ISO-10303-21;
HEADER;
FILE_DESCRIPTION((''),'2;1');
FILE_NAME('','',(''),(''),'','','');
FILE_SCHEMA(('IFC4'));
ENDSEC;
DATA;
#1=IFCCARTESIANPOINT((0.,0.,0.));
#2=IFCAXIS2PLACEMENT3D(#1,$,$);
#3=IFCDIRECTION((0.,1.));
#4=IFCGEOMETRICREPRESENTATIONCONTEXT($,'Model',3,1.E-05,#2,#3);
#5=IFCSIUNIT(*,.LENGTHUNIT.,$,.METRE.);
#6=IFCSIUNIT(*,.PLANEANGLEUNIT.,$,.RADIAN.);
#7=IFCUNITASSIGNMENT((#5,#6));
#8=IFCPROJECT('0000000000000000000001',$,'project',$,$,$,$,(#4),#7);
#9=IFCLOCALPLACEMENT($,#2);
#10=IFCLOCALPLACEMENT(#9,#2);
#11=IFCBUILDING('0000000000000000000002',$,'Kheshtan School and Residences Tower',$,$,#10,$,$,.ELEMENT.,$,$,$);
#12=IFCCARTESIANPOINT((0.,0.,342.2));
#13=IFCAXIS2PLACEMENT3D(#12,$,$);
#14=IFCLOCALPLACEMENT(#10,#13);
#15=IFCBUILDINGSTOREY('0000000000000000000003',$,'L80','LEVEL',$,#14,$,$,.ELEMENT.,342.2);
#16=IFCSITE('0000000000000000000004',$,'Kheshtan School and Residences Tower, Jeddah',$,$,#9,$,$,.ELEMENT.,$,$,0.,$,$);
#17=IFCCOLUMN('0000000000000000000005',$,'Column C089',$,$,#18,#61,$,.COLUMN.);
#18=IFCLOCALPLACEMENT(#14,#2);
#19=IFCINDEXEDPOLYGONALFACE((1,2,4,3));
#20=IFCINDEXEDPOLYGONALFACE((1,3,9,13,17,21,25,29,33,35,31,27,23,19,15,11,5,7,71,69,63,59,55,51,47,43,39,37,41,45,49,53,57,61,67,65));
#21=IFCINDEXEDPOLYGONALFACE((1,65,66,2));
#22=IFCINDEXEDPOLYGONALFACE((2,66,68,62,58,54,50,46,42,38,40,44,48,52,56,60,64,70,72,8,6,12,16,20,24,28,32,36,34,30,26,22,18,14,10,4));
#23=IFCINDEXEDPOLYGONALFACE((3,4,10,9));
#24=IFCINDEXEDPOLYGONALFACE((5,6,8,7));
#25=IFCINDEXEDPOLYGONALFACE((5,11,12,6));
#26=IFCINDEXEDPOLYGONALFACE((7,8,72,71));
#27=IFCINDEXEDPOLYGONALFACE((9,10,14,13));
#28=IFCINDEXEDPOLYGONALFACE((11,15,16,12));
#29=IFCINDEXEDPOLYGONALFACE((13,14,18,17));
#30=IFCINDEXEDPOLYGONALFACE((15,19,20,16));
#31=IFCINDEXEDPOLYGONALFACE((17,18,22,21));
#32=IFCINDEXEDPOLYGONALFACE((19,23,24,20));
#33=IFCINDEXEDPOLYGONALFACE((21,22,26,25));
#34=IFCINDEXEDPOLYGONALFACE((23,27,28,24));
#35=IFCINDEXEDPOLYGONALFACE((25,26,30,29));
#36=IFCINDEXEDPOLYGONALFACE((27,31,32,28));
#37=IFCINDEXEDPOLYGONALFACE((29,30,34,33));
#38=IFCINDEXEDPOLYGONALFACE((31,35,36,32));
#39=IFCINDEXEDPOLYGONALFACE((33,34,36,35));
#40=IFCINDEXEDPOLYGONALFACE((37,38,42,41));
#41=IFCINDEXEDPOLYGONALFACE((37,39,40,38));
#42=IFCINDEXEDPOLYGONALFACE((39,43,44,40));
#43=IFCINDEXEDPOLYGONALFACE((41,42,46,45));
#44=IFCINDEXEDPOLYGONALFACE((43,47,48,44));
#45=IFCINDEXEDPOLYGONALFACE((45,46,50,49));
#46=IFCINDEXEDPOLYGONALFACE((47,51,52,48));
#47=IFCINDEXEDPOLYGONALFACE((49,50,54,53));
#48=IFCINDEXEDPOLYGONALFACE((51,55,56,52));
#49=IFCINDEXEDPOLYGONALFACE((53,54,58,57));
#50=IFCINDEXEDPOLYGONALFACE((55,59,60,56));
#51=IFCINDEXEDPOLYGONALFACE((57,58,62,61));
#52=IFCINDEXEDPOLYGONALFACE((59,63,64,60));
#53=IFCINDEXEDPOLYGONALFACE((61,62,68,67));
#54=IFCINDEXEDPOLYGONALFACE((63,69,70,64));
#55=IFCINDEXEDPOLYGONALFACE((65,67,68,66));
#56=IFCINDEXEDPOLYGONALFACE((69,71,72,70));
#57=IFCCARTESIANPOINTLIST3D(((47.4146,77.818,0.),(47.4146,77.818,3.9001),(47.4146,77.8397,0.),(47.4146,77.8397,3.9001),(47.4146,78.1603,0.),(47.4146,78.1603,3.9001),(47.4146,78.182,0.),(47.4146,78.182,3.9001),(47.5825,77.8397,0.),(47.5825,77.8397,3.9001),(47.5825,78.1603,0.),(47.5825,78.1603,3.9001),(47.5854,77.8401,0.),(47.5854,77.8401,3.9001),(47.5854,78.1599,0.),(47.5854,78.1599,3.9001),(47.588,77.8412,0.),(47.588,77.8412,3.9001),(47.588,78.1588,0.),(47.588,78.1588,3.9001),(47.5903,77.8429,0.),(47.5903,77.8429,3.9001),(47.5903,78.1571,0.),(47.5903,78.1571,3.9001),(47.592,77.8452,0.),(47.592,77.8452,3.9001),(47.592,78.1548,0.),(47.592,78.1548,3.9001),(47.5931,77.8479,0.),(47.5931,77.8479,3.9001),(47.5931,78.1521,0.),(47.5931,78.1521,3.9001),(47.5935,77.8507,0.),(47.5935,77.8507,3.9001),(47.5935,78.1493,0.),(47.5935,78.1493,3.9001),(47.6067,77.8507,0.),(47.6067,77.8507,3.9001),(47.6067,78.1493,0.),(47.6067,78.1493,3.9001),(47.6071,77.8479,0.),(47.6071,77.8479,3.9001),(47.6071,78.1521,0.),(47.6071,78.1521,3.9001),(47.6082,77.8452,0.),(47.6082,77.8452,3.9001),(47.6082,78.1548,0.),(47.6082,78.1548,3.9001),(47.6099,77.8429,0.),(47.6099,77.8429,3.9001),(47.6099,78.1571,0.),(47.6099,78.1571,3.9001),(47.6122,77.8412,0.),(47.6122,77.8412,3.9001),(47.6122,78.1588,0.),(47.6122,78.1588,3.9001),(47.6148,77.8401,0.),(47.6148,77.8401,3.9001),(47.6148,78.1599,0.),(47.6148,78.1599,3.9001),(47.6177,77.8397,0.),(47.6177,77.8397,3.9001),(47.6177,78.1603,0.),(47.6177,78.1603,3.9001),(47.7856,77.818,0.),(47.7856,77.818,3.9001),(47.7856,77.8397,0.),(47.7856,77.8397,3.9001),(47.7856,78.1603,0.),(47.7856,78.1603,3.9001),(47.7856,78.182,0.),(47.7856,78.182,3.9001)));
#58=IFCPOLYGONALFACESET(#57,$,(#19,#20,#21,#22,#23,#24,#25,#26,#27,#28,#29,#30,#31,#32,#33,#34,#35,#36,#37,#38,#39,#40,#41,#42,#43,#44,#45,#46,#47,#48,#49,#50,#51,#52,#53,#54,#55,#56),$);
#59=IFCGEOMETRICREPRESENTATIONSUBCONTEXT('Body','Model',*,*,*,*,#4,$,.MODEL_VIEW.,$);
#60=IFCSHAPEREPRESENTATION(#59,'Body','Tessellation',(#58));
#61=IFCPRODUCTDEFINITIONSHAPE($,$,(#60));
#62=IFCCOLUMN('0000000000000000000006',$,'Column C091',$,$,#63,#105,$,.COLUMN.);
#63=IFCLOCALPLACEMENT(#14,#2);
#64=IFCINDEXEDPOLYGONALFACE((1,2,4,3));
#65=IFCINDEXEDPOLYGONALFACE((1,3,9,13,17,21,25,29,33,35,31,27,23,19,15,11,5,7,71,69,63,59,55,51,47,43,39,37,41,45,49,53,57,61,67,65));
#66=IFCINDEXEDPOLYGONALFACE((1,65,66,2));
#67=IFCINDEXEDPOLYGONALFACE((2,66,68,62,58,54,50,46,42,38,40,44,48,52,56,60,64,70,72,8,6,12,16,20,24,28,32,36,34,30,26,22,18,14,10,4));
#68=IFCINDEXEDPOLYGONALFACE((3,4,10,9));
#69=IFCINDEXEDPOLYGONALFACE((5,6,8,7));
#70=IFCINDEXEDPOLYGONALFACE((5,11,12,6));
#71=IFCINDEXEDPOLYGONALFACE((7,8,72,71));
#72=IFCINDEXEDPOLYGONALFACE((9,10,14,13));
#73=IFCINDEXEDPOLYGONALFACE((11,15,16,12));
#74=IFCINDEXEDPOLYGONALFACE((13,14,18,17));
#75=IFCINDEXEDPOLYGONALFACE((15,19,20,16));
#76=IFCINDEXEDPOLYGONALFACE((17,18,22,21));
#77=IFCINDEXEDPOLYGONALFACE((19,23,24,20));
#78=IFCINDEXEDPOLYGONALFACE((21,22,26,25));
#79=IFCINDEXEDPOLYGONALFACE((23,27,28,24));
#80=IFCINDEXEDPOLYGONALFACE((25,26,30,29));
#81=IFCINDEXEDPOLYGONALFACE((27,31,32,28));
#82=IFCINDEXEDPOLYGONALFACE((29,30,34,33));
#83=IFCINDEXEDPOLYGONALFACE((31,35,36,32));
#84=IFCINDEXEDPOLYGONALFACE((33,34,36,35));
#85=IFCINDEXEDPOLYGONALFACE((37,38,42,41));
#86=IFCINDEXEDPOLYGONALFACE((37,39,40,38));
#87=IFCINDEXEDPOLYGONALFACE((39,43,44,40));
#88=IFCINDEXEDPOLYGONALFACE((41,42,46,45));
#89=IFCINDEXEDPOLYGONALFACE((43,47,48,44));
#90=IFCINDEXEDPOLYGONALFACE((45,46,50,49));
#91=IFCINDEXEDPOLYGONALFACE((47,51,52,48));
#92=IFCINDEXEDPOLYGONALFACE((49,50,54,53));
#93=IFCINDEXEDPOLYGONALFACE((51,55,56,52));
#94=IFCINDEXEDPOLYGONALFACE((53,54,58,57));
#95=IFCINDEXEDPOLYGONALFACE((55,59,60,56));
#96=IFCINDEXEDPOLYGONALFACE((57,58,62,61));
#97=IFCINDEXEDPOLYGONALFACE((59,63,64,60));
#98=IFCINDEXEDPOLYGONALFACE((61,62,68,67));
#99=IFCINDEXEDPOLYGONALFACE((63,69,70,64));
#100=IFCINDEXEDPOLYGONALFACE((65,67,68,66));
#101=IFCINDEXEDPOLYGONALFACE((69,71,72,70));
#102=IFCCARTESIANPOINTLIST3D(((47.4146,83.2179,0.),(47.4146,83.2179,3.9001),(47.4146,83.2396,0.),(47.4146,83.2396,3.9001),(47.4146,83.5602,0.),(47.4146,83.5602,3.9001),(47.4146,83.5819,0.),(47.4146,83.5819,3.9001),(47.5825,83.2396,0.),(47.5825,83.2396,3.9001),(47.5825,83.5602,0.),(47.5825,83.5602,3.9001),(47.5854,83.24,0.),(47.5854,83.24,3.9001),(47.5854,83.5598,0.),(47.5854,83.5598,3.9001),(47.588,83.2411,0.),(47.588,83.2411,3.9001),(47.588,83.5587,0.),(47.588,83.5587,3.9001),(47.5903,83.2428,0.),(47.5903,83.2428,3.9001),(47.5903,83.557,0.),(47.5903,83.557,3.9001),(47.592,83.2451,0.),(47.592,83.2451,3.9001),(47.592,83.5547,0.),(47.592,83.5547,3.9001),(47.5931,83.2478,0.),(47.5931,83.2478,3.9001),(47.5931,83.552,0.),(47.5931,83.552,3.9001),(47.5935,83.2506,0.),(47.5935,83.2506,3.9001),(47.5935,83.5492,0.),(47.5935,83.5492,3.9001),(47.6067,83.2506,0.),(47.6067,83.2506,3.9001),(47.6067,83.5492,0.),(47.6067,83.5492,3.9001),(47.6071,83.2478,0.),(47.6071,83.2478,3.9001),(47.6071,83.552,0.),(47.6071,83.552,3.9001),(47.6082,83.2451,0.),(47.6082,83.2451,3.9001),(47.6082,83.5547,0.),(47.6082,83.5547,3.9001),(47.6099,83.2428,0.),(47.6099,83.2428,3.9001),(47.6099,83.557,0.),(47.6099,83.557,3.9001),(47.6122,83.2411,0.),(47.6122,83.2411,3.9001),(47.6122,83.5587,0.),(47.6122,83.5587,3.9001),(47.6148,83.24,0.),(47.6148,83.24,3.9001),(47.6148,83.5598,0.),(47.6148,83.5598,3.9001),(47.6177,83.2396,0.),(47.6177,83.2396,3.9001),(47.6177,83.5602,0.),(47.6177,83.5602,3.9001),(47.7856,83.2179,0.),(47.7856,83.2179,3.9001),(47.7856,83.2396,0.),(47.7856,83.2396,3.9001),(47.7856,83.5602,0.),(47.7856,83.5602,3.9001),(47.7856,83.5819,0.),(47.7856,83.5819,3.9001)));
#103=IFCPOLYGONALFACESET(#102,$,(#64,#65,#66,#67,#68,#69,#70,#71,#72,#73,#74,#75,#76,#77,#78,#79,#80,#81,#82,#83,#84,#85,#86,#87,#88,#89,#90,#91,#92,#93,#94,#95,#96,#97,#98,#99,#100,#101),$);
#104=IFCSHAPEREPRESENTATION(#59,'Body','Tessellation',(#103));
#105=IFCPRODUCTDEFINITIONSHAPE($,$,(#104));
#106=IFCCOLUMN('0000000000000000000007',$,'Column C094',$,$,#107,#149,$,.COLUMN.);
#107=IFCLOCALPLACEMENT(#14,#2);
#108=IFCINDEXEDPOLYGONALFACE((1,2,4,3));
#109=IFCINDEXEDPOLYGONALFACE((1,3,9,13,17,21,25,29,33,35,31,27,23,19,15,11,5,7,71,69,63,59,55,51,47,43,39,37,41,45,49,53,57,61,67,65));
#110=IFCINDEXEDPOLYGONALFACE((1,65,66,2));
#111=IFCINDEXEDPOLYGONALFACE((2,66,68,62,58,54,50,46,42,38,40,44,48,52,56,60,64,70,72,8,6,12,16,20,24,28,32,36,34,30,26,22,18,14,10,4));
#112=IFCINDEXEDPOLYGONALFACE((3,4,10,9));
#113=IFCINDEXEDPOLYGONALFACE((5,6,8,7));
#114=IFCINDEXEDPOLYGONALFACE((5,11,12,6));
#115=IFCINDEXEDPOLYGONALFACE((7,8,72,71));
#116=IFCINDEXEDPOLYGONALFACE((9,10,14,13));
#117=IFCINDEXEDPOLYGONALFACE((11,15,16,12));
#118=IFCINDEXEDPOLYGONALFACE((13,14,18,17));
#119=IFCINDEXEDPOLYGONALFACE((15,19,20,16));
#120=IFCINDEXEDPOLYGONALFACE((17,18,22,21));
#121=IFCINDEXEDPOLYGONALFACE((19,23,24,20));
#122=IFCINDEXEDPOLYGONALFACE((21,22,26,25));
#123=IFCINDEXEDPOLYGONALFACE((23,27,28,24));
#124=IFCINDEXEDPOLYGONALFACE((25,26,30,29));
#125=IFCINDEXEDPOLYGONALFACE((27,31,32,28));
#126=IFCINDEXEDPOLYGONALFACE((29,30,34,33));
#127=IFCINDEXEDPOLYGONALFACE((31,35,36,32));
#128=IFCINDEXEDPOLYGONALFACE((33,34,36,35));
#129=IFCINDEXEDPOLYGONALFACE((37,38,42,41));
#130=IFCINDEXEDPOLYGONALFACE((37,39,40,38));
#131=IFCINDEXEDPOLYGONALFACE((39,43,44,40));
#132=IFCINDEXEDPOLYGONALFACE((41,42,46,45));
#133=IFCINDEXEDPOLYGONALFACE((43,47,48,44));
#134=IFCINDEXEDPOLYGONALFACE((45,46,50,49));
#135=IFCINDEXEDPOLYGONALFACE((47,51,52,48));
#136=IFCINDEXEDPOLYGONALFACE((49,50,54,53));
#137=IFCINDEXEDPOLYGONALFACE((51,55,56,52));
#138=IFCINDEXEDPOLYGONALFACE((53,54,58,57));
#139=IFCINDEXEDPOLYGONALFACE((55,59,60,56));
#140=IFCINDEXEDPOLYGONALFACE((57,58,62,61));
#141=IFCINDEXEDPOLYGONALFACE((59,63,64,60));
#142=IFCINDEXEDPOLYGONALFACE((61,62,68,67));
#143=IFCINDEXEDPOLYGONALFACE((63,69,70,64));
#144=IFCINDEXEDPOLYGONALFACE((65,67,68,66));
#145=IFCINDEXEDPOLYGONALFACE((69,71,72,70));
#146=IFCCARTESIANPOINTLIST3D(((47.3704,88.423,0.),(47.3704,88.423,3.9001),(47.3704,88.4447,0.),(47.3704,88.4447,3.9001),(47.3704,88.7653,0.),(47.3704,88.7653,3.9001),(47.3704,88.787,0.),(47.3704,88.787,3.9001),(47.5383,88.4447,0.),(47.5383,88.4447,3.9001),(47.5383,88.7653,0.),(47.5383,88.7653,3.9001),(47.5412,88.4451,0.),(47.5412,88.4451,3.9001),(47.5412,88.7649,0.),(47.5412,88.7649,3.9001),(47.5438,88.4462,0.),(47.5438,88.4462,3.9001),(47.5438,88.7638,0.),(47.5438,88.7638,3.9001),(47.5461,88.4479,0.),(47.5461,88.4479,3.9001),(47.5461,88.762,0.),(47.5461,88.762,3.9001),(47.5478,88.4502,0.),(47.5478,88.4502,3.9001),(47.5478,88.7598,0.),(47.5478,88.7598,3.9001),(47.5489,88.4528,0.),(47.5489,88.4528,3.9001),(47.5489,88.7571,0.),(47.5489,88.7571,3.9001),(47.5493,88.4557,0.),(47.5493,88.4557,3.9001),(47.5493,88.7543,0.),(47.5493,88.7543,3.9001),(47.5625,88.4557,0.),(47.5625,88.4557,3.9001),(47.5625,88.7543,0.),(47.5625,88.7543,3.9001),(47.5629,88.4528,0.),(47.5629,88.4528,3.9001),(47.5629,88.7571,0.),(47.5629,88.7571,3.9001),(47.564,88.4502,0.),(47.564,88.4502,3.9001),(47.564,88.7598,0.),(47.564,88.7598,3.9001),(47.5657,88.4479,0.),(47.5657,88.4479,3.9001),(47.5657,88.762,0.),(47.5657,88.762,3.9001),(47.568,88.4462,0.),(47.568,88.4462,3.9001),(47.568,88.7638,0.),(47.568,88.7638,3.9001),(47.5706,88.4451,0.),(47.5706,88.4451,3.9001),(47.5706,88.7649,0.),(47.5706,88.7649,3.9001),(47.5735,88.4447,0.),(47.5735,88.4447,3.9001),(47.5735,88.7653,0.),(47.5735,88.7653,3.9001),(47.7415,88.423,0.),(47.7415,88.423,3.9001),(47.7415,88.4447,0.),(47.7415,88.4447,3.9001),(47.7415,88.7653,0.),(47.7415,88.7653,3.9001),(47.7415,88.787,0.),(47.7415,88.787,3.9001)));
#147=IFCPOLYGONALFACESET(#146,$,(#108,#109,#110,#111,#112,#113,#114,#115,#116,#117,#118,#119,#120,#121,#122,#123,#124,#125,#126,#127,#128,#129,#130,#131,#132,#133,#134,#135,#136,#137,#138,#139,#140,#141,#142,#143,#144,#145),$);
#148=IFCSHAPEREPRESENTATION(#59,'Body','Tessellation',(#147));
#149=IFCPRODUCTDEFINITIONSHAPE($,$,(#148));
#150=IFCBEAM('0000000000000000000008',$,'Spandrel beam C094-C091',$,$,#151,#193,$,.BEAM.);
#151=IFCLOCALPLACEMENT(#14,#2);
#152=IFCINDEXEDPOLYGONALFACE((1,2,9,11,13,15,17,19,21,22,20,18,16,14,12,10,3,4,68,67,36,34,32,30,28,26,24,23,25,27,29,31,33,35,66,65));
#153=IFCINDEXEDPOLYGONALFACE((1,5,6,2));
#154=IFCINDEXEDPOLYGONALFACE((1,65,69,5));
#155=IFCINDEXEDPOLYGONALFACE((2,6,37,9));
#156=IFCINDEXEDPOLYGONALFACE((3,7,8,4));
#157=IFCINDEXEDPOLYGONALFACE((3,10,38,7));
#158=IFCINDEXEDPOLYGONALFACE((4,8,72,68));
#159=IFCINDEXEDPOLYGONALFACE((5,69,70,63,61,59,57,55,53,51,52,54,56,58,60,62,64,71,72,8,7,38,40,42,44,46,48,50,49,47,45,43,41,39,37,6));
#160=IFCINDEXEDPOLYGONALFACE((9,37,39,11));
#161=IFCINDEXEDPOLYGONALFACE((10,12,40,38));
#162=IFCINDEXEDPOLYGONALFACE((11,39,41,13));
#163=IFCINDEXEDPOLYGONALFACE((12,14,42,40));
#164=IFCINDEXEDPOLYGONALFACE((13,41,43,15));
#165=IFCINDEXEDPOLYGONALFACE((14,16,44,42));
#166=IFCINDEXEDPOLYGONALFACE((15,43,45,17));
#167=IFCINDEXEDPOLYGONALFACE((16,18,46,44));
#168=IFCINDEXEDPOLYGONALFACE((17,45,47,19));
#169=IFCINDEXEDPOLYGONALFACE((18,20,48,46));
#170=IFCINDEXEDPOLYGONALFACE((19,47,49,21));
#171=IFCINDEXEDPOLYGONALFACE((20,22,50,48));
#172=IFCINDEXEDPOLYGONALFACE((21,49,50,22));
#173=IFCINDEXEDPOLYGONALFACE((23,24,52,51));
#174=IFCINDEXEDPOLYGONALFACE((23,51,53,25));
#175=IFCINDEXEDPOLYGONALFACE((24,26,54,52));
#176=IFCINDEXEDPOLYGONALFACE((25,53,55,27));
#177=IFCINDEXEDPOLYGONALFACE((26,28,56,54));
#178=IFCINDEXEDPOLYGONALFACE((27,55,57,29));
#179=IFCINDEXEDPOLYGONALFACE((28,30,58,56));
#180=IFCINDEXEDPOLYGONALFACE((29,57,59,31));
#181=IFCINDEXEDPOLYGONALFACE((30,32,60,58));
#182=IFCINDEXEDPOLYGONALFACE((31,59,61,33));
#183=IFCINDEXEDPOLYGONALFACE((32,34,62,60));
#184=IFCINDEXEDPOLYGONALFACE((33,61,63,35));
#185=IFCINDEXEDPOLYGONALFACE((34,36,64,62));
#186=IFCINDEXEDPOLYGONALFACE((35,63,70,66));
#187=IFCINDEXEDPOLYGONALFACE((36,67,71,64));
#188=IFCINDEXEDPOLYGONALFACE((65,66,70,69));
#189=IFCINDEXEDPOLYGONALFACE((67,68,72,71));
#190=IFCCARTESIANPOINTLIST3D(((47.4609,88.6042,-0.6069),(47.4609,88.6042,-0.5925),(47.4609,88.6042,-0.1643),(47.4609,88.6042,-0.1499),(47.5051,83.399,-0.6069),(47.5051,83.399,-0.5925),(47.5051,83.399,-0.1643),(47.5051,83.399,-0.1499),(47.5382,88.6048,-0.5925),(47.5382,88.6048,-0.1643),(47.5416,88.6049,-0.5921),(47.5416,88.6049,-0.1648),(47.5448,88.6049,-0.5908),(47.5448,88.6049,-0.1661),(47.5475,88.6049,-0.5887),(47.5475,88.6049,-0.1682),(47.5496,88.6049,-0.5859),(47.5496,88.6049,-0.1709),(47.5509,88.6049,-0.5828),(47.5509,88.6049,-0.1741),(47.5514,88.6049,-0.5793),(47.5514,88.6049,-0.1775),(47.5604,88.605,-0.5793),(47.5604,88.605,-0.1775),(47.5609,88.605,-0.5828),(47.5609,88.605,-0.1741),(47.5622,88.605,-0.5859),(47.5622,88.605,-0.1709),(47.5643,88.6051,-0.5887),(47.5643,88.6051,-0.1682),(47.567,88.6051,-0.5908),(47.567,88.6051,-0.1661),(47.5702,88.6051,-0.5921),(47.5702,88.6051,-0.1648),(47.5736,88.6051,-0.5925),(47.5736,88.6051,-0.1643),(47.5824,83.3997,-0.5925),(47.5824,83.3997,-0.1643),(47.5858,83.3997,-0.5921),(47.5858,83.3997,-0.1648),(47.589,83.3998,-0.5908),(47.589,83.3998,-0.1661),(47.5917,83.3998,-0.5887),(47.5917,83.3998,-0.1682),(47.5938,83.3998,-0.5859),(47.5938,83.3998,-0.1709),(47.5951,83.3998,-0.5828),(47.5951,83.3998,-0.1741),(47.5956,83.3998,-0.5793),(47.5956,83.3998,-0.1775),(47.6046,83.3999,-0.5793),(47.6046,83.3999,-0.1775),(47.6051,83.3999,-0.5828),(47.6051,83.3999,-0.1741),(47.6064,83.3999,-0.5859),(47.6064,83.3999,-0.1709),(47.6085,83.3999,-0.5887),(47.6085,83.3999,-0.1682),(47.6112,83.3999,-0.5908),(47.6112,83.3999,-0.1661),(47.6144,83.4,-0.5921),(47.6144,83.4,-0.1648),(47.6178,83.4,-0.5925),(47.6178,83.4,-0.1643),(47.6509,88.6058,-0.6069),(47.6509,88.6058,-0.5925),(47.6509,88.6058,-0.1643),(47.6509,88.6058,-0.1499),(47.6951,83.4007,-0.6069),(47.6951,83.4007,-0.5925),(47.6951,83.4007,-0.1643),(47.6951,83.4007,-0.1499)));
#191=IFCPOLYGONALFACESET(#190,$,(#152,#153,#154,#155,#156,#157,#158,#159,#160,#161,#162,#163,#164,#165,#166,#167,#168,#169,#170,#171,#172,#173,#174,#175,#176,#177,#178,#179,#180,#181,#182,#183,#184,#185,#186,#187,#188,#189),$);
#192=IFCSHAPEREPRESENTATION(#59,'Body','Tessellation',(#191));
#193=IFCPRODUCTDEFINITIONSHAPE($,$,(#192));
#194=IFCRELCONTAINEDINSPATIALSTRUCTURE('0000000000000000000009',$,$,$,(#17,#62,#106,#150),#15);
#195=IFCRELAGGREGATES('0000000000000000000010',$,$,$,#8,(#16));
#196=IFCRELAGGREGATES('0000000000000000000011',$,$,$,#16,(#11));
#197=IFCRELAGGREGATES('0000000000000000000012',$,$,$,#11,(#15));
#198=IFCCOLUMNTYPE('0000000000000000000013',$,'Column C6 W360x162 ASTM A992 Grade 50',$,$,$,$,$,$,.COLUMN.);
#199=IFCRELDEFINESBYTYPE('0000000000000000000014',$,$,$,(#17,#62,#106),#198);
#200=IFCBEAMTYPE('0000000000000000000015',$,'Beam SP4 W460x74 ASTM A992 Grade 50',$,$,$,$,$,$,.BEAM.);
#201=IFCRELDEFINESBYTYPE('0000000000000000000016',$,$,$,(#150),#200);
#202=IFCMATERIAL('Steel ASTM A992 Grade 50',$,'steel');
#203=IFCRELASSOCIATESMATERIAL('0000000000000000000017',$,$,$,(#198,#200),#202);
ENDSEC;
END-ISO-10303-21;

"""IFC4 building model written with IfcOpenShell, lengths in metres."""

from ifc_helpers import new_model, si_unit, direction, frame, origin, origin_2d, place, context, subcontext, project, spatial, i_section, extrude, material, material_profile, profile_set, type_object, element, save


model = new_model("IFC4")

# Units and contexts
model_context = context("Model", 3, precision=1e-05, world=origin(), true_north=direction((0.0, 1.0)))
body_context = subcontext(model_context, "Body", "Model", "MODEL_VIEW")
ifc_project = project(units=[si_unit("LENGTHUNIT", "METRE"), si_unit("PLANEANGLEUNIT", "RADIAN")], contexts=[model_context])

# Site, building, storey
site_placement = place(None, origin())
site = spatial("IfcSite", under=ifc_project, at=site_placement, Name="Kheshtan School and Residences Tower, Jeddah", CompositionType="ELEMENT", RefElevation=0.0)
building_placement = place(site_placement, origin())
building = spatial("IfcBuilding", under=site, at=building_placement, Name="Kheshtan School and Residences Tower", CompositionType="ELEMENT")
storey_placement = place(building_placement, frame((0.0, 0.0, 342.2)))
storey = spatial("IfcBuildingStorey", under=building, at=storey_placement, Name="L80", Description="LEVEL", CompositionType="ELEMENT", Elevation=342.2)

# Columns
ifc_material_1 = material(Name="Steel ASTM A992 Grade 50", Category="steel")
ifc_material_profile_1 = material_profile(ifc_material_1, i_section(OverallWidth=0.3711, OverallDepth=0.364, WebThickness=0.0132, FlangeThickness=0.0217, FilletRadius=0.011, at=origin_2d()), Name="W360x162")
ifc_profile_set_1 = profile_set([ifc_material_profile_1], Name="Steel ASTM A992 Grade 50")
column_type = type_object("IfcColumnType", Name="Column C6 W360x162 ASTM A992 Grade 50", PredefinedType="COLUMN", material=ifc_profile_set_1)
for number, where, z_axis, x_axis, name in (
    (1, (47.6001, 78.0, 0.0), (0.0, 0.0, 1.0), (1.0, 0.0, 0.0), "Column C089"),
    (2, (47.6001, 83.3999, 0.0), (0.0, 0.0, 1.0), (1.0, 0.0, 0.0), "Column C091"),
    (3, (47.5559, 88.605, 0.0), (0.0, 0.0, 1.0), (1.0, 0.0, 0.0), "Column C094"),
):
    element("IfcColumn", number, at=place(storey_placement, frame(where, z_axis=z_axis, x_axis=x_axis)), inside=storey, type_object=column_type, Name=name, PredefinedType="COLUMN", context=body_context, shape_type="SweptSolid", body=[
        extrude(i_section(OverallWidth=0.3711, OverallDepth=0.364, WebThickness=0.0132, FlangeThickness=0.0217, FilletRadius=0.011, at=origin_2d()), origin(), (0.0, 0.0, 1.0), 3.9001),
    ])

# Beam
ifc_material_profile_2 = material_profile(ifc_material_1, i_section(OverallWidth=0.1899, OverallDepth=0.457, WebThickness=0.009, FlangeThickness=0.0144, FilletRadius=0.0132, at=origin_2d()), Name="W460x74")
ifc_profile_set_2 = profile_set([ifc_material_profile_2], Name="Steel ASTM A992 Grade 50")
beam_type = type_object("IfcBeamType", Name="Beam SP4 W460x74 ASTM A992 Grade 50", PredefinedType="BEAM", material=ifc_profile_set_2)
beam_placement = place(storey_placement, frame((47.5559, 88.605, -0.3784), z_axis=(0.008489, -0.999964, 0.0), x_axis=(0.999964, 0.008489, 0.0)))
element("IfcBeam", 4, at=beam_placement, inside=storey, type_object=beam_type, Name="Spandrel beam C094-C091", PredefinedType="BEAM", context=body_context, shape_type="SweptSolid", body=[
    extrude(i_section(OverallWidth=0.1899, OverallDepth=0.457, WebThickness=0.009, FlangeThickness=0.0144, FilletRadius=0.0132, at=origin_2d()), origin(), (0.0, 0.0, 1.0), 5.2053),
])

save(model, "model.ifc")
